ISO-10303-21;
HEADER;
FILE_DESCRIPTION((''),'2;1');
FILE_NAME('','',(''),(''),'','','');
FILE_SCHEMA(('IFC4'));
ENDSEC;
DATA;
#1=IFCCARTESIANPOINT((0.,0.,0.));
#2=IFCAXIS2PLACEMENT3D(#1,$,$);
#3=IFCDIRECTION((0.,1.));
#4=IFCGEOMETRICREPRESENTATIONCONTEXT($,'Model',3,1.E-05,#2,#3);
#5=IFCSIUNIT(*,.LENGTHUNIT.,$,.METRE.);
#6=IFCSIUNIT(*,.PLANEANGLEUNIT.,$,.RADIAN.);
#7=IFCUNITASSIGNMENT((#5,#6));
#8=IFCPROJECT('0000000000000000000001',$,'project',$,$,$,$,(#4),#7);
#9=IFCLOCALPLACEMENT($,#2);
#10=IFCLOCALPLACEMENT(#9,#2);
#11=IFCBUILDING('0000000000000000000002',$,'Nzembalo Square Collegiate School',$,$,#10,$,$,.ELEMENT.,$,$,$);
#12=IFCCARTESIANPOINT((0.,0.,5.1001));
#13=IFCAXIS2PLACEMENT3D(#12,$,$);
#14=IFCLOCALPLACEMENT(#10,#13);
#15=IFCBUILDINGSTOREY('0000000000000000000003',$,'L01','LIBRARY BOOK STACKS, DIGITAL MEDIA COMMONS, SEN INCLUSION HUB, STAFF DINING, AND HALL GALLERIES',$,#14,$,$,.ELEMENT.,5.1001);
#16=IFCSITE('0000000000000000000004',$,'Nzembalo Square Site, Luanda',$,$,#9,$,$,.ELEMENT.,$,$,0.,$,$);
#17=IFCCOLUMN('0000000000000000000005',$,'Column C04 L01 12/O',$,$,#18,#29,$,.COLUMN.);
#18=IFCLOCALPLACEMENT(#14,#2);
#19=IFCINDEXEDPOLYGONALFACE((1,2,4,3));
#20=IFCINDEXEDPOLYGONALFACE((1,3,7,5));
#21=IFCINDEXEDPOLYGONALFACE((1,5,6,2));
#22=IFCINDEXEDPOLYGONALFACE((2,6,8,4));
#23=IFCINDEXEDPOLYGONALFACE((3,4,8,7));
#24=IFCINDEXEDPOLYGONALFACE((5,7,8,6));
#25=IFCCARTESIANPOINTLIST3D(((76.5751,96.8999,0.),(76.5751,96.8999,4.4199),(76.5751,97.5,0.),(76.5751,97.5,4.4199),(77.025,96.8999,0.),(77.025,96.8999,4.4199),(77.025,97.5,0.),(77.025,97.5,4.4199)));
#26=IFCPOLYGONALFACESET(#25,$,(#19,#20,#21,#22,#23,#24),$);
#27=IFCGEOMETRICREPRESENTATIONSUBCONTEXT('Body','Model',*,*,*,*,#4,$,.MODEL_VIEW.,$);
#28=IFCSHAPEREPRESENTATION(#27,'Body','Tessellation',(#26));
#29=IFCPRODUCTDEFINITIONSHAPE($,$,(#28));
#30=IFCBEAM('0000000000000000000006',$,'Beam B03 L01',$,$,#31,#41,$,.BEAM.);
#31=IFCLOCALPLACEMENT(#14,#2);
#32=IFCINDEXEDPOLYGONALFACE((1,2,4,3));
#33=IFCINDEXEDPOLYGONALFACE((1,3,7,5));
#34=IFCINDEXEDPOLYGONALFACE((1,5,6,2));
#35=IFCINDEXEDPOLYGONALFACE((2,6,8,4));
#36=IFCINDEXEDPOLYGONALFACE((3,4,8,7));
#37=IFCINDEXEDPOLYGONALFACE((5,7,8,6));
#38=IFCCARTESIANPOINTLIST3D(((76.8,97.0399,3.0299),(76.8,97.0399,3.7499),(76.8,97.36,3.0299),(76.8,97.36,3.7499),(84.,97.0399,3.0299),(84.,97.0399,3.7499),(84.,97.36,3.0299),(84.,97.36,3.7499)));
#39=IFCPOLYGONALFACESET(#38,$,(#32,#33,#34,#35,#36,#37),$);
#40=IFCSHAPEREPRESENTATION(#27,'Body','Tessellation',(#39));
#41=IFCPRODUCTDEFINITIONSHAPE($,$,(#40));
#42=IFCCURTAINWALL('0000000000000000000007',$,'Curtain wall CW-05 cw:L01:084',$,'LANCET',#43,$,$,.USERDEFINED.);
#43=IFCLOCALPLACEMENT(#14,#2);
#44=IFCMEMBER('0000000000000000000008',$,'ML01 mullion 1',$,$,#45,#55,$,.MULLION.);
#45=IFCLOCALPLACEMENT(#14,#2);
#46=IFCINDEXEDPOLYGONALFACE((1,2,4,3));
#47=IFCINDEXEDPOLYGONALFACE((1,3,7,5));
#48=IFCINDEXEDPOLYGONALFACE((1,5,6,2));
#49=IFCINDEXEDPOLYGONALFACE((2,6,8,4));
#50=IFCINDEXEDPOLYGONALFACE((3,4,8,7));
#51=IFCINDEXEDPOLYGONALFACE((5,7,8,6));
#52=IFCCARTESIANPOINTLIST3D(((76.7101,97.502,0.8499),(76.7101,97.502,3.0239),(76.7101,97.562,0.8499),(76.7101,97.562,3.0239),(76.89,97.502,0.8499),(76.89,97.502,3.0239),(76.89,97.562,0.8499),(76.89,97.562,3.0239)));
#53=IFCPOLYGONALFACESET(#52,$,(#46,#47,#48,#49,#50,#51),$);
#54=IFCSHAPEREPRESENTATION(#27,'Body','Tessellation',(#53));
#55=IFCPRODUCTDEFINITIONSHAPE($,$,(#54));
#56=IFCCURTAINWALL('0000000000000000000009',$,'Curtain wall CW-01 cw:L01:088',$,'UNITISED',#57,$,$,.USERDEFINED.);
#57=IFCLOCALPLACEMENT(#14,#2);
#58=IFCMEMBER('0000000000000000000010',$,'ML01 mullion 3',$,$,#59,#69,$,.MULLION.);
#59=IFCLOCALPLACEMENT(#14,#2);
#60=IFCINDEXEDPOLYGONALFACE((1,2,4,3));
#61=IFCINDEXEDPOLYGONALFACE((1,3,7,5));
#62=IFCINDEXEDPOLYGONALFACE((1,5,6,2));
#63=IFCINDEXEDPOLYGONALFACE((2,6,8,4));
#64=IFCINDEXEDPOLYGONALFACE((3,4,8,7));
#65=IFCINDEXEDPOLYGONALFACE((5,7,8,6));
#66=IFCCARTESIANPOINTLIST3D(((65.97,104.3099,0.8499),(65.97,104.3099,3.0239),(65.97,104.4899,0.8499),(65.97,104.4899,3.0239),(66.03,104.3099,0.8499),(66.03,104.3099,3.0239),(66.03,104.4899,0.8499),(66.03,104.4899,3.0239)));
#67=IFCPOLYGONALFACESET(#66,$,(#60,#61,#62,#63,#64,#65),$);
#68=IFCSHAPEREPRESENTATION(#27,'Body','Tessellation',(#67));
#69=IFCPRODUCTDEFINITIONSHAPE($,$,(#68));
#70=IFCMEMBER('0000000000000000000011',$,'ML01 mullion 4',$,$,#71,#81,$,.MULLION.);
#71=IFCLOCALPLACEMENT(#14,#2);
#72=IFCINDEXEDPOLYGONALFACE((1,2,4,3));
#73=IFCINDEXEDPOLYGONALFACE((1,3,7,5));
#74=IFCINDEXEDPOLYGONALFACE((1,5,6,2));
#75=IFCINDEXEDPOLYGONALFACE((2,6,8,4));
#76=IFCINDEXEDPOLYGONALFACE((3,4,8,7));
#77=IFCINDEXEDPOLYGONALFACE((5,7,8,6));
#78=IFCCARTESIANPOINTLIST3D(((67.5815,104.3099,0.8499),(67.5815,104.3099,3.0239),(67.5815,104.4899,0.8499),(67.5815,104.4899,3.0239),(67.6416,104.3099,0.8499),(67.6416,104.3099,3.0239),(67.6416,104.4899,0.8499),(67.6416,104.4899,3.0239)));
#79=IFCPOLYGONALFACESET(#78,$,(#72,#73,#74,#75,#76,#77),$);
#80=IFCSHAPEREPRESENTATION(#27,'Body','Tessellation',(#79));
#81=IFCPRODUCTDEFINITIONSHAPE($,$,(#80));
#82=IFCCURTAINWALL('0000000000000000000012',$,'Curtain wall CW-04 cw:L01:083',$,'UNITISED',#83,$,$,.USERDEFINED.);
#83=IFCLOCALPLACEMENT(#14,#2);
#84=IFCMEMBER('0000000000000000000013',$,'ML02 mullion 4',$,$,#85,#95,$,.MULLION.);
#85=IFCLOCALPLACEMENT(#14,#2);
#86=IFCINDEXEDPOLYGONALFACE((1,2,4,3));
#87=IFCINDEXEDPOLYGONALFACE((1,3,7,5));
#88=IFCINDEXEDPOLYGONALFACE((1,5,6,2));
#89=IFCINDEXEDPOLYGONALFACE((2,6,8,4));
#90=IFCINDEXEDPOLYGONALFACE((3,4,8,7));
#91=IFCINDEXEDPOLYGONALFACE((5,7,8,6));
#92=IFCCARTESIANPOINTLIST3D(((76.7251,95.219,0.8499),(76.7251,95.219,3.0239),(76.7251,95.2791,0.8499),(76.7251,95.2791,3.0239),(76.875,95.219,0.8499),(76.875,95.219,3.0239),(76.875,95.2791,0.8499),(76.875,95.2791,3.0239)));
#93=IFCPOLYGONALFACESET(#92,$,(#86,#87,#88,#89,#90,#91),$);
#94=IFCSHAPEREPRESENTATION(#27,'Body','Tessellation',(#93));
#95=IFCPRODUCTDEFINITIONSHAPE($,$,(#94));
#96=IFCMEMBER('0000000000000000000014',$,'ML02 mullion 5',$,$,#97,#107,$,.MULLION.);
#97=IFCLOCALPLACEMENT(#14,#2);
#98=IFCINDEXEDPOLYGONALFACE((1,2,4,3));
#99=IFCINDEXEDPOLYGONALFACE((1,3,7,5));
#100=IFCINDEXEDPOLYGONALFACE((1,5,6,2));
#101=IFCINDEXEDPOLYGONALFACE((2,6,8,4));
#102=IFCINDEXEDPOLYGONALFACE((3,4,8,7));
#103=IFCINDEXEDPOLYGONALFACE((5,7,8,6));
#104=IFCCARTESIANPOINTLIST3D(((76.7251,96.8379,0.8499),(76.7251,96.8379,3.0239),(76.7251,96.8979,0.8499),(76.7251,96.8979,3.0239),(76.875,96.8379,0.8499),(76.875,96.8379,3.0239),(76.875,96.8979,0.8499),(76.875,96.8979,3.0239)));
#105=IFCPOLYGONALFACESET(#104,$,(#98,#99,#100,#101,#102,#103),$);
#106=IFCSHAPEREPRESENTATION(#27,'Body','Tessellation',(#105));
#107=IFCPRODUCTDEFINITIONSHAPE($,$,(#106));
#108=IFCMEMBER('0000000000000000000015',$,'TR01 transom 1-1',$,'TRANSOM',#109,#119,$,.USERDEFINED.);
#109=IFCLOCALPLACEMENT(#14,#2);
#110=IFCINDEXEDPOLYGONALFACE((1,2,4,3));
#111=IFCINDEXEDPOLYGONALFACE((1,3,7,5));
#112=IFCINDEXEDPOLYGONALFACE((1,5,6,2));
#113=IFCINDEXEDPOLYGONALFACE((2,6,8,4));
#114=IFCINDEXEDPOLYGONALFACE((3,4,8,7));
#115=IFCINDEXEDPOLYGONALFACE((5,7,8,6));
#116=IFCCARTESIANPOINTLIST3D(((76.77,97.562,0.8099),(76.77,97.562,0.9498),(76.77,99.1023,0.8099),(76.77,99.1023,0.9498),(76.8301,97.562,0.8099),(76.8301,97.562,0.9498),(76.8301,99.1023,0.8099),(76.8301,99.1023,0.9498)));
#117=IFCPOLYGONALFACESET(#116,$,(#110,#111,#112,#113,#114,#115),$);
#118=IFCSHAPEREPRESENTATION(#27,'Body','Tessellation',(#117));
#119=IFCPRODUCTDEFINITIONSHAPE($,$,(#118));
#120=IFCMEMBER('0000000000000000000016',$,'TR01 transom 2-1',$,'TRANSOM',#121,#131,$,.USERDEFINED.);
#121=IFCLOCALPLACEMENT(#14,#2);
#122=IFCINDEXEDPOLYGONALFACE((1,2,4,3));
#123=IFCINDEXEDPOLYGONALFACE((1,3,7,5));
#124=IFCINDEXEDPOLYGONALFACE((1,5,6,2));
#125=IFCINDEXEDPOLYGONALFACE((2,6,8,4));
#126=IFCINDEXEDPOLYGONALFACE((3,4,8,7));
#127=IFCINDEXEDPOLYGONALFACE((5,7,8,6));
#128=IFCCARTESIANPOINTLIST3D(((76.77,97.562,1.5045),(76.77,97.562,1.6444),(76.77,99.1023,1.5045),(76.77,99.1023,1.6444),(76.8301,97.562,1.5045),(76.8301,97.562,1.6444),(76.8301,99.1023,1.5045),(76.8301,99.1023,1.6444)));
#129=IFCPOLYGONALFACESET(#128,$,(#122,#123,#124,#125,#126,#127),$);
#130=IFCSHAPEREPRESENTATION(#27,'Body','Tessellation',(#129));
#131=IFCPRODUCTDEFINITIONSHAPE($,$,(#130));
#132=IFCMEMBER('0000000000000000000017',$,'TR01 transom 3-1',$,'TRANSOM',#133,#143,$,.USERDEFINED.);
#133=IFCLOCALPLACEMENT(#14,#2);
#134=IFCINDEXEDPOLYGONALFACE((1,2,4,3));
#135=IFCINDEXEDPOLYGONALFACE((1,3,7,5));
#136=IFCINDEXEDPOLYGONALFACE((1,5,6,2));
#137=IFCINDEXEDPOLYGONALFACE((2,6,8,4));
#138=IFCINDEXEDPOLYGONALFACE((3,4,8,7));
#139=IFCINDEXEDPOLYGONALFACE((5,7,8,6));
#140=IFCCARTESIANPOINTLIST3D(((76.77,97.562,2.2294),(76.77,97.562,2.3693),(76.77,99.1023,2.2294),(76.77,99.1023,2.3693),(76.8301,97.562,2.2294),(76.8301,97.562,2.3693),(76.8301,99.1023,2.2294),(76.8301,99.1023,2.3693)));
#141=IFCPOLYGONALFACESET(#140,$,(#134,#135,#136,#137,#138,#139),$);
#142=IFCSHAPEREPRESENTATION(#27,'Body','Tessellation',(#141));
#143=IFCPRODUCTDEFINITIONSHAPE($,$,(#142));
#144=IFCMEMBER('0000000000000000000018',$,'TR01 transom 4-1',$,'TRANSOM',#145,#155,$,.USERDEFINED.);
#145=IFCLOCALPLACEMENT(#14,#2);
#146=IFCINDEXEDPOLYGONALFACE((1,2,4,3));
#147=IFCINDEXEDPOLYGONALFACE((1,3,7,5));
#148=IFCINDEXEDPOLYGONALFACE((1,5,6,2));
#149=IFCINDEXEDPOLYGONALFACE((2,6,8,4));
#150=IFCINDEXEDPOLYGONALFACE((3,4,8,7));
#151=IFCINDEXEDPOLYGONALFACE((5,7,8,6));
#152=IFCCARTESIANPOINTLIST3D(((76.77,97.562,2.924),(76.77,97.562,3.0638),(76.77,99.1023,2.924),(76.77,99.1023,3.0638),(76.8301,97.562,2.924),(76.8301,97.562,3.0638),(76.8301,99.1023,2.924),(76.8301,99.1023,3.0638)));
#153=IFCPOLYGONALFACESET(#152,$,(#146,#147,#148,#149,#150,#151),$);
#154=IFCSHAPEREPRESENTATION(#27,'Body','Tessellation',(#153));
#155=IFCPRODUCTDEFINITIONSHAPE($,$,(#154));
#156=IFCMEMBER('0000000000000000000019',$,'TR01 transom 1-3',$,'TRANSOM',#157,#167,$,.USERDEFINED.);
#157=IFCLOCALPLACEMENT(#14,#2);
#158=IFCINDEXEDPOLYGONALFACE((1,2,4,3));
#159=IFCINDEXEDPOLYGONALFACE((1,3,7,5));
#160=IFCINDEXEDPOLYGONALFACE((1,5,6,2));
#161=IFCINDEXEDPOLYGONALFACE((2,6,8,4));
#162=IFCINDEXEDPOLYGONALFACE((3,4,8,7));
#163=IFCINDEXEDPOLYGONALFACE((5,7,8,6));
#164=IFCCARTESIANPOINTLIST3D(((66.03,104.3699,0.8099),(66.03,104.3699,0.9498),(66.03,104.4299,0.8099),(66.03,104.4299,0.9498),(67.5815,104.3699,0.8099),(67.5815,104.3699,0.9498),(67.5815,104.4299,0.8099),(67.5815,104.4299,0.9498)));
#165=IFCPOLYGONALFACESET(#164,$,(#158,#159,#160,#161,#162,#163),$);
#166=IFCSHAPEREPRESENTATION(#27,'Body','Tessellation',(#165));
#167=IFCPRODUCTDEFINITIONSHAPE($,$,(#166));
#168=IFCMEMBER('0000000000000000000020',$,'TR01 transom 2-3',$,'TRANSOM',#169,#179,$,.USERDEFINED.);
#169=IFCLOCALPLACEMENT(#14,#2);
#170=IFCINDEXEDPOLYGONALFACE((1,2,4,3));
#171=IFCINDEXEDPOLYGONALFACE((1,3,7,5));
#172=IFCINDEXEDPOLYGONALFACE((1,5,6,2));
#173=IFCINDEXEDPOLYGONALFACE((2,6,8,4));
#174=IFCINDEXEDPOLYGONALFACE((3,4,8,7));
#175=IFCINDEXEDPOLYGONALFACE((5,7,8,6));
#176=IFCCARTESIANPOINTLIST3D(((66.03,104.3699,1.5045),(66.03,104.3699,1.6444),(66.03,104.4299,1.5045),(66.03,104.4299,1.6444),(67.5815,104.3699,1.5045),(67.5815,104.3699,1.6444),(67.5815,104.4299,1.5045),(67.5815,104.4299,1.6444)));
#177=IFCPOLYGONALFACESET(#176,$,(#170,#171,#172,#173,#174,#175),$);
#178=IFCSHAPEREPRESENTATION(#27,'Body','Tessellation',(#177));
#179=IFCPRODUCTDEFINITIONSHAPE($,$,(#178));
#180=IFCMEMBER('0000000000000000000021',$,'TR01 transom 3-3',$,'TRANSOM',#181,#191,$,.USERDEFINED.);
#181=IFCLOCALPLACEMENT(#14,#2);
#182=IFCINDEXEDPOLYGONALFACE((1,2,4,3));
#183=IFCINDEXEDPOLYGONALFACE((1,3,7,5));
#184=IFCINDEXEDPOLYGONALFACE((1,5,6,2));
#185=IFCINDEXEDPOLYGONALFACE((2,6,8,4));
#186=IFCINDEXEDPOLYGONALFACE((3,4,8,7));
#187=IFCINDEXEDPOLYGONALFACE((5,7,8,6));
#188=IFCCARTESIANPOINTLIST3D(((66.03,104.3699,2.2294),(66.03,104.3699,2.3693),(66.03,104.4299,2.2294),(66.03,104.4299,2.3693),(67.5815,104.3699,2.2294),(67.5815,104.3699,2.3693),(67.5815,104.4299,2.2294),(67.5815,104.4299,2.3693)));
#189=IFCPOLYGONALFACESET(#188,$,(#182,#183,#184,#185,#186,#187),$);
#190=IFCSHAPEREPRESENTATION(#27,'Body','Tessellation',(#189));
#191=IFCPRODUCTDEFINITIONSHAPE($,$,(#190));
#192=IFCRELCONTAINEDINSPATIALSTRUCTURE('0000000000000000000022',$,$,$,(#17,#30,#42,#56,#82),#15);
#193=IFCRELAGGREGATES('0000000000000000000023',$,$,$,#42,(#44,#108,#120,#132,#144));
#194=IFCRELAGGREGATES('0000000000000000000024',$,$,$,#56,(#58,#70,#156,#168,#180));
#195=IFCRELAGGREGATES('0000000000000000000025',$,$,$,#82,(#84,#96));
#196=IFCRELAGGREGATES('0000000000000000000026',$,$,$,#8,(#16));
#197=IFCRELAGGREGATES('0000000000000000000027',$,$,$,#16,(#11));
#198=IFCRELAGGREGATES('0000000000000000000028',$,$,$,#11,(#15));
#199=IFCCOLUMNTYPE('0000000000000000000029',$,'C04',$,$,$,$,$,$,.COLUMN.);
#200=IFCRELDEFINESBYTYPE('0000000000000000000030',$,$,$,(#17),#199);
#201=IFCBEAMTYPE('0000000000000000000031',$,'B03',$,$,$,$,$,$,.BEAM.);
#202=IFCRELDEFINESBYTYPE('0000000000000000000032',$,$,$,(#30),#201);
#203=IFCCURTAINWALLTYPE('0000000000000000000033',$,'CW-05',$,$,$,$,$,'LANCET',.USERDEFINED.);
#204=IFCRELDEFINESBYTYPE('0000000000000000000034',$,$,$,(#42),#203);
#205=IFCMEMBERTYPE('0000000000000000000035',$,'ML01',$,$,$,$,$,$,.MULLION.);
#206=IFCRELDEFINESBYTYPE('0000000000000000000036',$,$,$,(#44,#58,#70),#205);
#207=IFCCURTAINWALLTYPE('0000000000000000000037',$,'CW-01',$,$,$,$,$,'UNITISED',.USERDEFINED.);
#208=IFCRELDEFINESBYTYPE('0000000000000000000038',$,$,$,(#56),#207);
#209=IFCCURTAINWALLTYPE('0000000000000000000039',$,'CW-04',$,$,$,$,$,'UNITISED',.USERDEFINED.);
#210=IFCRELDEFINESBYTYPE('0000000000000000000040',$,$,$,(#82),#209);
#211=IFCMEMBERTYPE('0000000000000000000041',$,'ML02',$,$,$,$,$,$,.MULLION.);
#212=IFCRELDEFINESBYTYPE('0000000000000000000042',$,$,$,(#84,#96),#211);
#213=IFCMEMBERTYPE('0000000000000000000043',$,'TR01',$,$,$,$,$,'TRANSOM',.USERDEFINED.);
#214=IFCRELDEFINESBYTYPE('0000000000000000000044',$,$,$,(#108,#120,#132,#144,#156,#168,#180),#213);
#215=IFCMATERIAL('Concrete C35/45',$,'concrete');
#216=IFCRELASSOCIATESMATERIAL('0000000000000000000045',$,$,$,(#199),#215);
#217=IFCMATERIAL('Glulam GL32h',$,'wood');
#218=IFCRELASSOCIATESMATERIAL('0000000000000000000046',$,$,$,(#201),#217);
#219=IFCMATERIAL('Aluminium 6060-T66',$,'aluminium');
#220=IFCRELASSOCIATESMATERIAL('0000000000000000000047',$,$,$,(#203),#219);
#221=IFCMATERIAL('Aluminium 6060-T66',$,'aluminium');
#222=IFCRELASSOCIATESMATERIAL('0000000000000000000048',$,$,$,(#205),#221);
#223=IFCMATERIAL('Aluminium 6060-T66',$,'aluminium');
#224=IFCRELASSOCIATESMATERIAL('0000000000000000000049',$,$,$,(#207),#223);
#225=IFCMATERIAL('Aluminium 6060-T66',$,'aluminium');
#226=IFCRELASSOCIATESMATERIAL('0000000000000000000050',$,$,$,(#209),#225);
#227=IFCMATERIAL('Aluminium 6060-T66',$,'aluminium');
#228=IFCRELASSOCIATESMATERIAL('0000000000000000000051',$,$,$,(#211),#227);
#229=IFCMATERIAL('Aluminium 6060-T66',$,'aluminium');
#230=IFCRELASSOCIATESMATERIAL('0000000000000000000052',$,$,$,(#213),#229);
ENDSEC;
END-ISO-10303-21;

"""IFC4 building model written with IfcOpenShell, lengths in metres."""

from ifc_helpers import new_model, si_unit, direction, frame, origin, origin_2d, place, context, subcontext, project, spatial, rectangle, extrude, material, material_profile, profile_set, type_object, element, aggregate, save


model = new_model("IFC4")

# Units and contexts
model_context = context("Model", 3, precision=1e-05, world=origin(), true_north=direction((0.0, 1.0)))
body_context = subcontext(model_context, "Body", "Model", "MODEL_VIEW")
ifc_project = project(units=[si_unit("LENGTHUNIT", "METRE"), si_unit("PLANEANGLEUNIT", "RADIAN")], contexts=[model_context])

# Site, building, storey
site_placement = place(None, origin())
site = spatial("IfcSite", under=ifc_project, at=site_placement, Name="Nzembalo Square Site, Luanda", CompositionType="ELEMENT", RefElevation=0.0)
building_placement = place(site_placement, origin())
building = spatial("IfcBuilding", under=site, at=building_placement, Name="Nzembalo Square Collegiate School", CompositionType="ELEMENT")
storey_placement = place(building_placement, frame((0.0, 0.0, 5.1001)))
storey = spatial("IfcBuildingStorey", under=building, at=storey_placement, Name="L01", Description="LIBRARY BOOK STACKS, DIGITAL MEDIA COMMONS, SEN INCLUSION HUB, STAFF DINING, AND HALL GALLERIES", CompositionType="ELEMENT", Elevation=5.1001)

# Column
ifc_material_1 = material(Name="Concrete C35/45", Category="concrete")
ifc_material_profile_1 = material_profile(ifc_material_1, rectangle(XDim=0.45, YDim=0.6001, at=origin_2d()), Name="RC 450x600")
ifc_profile_set_1 = profile_set([ifc_material_profile_1], Name="Concrete C35/45")
column_type = type_object("IfcColumnType", Name="C04", PredefinedType="COLUMN", material=ifc_profile_set_1)
column_placement = place(storey_placement, frame((76.8, 97.2, 0.0), z_axis=(0.0, 0.0, 1.0), x_axis=(1.0, 0.0, 0.0)))
element("IfcColumn", 1, at=column_placement, inside=storey, type_object=column_type, Name="Column C04 L01 12/O", PredefinedType="COLUMN", context=body_context, shape_type="SweptSolid", body=[
    extrude(rectangle(XDim=0.45, YDim=0.6001, at=origin_2d()), origin(), (0.0, 0.0, 1.0), 4.4199),
])

# Beam
ifc_material_2 = material(Name="Glulam GL32h", Category="wood")
ifc_material_profile_2 = material_profile(ifc_material_2, rectangle(XDim=0.3201, YDim=0.72, at=origin_2d()), Name="GL32h 320x720")
ifc_profile_set_2 = profile_set([ifc_material_profile_2], Name="Glulam GL32h")
beam_type = type_object("IfcBeamType", Name="B03", PredefinedType="BEAM", material=ifc_profile_set_2)
beam_placement = place(storey_placement, frame((76.8, 97.2, 3.3899), z_axis=(1.0, 0.0, 0.0), x_axis=(0.0, 1.0, 0.0)))
element("IfcBeam", 2, at=beam_placement, inside=storey, type_object=beam_type, Name="Beam B03 L01", PredefinedType="BEAM", context=body_context, shape_type="SweptSolid", body=[
    extrude(rectangle(XDim=0.3201, YDim=0.72, at=origin_2d()), origin(), (0.0, 0.0, 1.0), 7.2),
])

# Curtain wall, member
ifc_material_3 = material(Name="Aluminium 6060-T66", Category="aluminium")
curtain_wall_type_1 = type_object("IfcCurtainWallType", Name="CW-05", ElementType="LANCET", PredefinedType="USERDEFINED", material=ifc_material_3)
curtain_wall_1_placement = place(storey_placement, origin())
curtain_wall_1 = element("IfcCurtainWall", 3, at=curtain_wall_1_placement, inside=storey, type_object=curtain_wall_type_1, Name="Curtain wall CW-05 cw:L01:084", ObjectType="LANCET", PredefinedType="USERDEFINED")
ifc_material_4 = material(Name="Aluminium 6060-T66", Category="aluminium")
ifc_material_profile_3 = material_profile(ifc_material_4, rectangle(XDim=0.0601, YDim=0.1799, at=origin_2d()), Name="ALU M60x180")
ifc_profile_set_3 = profile_set([ifc_material_profile_3], Name="Aluminium 6060-T66")
member_type_1 = type_object("IfcMemberType", Name="ML01", PredefinedType="MULLION", material=ifc_profile_set_3)
member_1_placement = place(storey_placement, frame((76.8, 97.532, 0.8499), z_axis=(0.0, 0.0, 1.0), x_axis=(0.0, 1.0, 0.0)))
member_1 = element("IfcMember", 4, at=member_1_placement, type_object=member_type_1, Name="ML01 mullion 1", PredefinedType="MULLION", context=body_context, shape_type="SweptSolid", body=[
    extrude(rectangle(XDim=0.0601, YDim=0.1799, at=origin_2d()), origin(), (0.0, 0.0, 1.0), 2.1741),
])

# Curtain walls, members
ifc_material_5 = material(Name="Aluminium 6060-T66", Category="aluminium")
curtain_wall_type_2 = type_object("IfcCurtainWallType", Name="CW-01", ElementType="UNITISED", PredefinedType="USERDEFINED", material=ifc_material_5)
curtain_wall_2_placement = place(storey_placement, origin())
curtain_wall_2 = element("IfcCurtainWall", 5, at=curtain_wall_2_placement, inside=storey, type_object=curtain_wall_type_2, Name="Curtain wall CW-01 cw:L01:088", ObjectType="UNITISED", PredefinedType="USERDEFINED")
member_2_placement = place(storey_placement, frame((66.0, 104.3999, 0.8499), z_axis=(0.0, 0.0, 1.0), x_axis=(1.0, 0.0, 0.0)))
member_2 = element("IfcMember", 6, at=member_2_placement, type_object=member_type_1, Name="ML01 mullion 3", PredefinedType="MULLION", context=body_context, shape_type="SweptSolid", body=[
    extrude(rectangle(XDim=0.0601, YDim=0.1799, at=origin_2d()), origin(), (0.0, 0.0, 1.0), 2.1741),
])
member_3_placement = place(storey_placement, frame((67.6116, 104.3999, 0.8499), z_axis=(0.0, 0.0, 1.0), x_axis=(1.0, 0.0, 0.0)))
member_3 = element("IfcMember", 7, at=member_3_placement, type_object=member_type_1, Name="ML01 mullion 4", PredefinedType="MULLION", context=body_context, shape_type="SweptSolid", body=[
    extrude(rectangle(XDim=0.0601, YDim=0.1799, at=origin_2d()), origin(), (0.0, 0.0, 1.0), 2.1741),
])
ifc_material_6 = material(Name="Aluminium 6060-T66", Category="aluminium")
curtain_wall_type_3 = type_object("IfcCurtainWallType", Name="CW-04", ElementType="UNITISED", PredefinedType="USERDEFINED", material=ifc_material_6)
curtain_wall_3_placement = place(storey_placement, origin())
curtain_wall_3 = element("IfcCurtainWall", 8, at=curtain_wall_3_placement, inside=storey, type_object=curtain_wall_type_3, Name="Curtain wall CW-04 cw:L01:083", ObjectType="UNITISED", PredefinedType="USERDEFINED")
ifc_material_7 = material(Name="Aluminium 6060-T66", Category="aluminium")
ifc_material_profile_4 = material_profile(ifc_material_7, rectangle(XDim=0.0601, YDim=0.1499, at=origin_2d()), Name="ALU M60x150")
ifc_profile_set_4 = profile_set([ifc_material_profile_4], Name="Aluminium 6060-T66")
member_type_2 = type_object("IfcMemberType", Name="ML02", PredefinedType="MULLION", material=ifc_profile_set_4)
member_4_placement = place(storey_placement, frame((76.8, 95.249, 0.8499), z_axis=(0.0, 0.0, 1.0), x_axis=(0.0, 1.0, 0.0)))
member_4 = element("IfcMember", 9, at=member_4_placement, type_object=member_type_2, Name="ML02 mullion 4", PredefinedType="MULLION", context=body_context, shape_type="SweptSolid", body=[
    extrude(rectangle(XDim=0.0601, YDim=0.1499, at=origin_2d()), origin(), (0.0, 0.0, 1.0), 2.1741),
])
member_5_placement = place(storey_placement, frame((76.8, 96.8679, 0.8499), z_axis=(0.0, 0.0, 1.0), x_axis=(0.0, 1.0, 0.0)))
member_5 = element("IfcMember", 10, at=member_5_placement, type_object=member_type_2, Name="ML02 mullion 5", PredefinedType="MULLION", context=body_context, shape_type="SweptSolid", body=[
    extrude(rectangle(XDim=0.0601, YDim=0.1499, at=origin_2d()), origin(), (0.0, 0.0, 1.0), 2.1741),
])

# Members
ifc_material_8 = material(Name="Aluminium 6060-T66", Category="aluminium")
ifc_material_profile_5 = material_profile(ifc_material_8, rectangle(XDim=0.0601, YDim=0.1399, at=origin_2d()), Name="ALU T60x140")
ifc_profile_set_5 = profile_set([ifc_material_profile_5], Name="Aluminium 6060-T66")
member_type_3 = type_object("IfcMemberType", Name="TR01", ElementType="TRANSOM", PredefinedType="USERDEFINED", material=ifc_profile_set_5)
member_6_placement = place(storey_placement, frame((76.8, 97.562, 0.8799), z_axis=(0.0, 1.0, 0.0), x_axis=(-1.0, 0.0, 0.0)))
member_6 = element("IfcMember", 11, at=member_6_placement, type_object=member_type_3, Name="TR01 transom 1-1", ObjectType="TRANSOM", PredefinedType="USERDEFINED", context=body_context, shape_type="SweptSolid", body=[
    extrude(rectangle(XDim=0.0601, YDim=0.1399, at=origin_2d()), origin(), (0.0, 0.0, 1.0), 1.5403),
])
member_7_placement = place(storey_placement, frame((76.8, 97.562, 1.5745), z_axis=(0.0, 1.0, 0.0), x_axis=(-1.0, 0.0, 0.0)))
member_7 = element("IfcMember", 12, at=member_7_placement, type_object=member_type_3, Name="TR01 transom 2-1", ObjectType="TRANSOM", PredefinedType="USERDEFINED", context=body_context, shape_type="SweptSolid", body=[
    extrude(rectangle(XDim=0.0601, YDim=0.1399, at=origin_2d()), origin(), (0.0, 0.0, 1.0), 1.5403),
])
member_8_placement = place(storey_placement, frame((76.8, 97.562, 2.2993), z_axis=(0.0, 1.0, 0.0), x_axis=(-1.0, 0.0, 0.0)))
member_8 = element("IfcMember", 13, at=member_8_placement, type_object=member_type_3, Name="TR01 transom 3-1", ObjectType="TRANSOM", PredefinedType="USERDEFINED", context=body_context, shape_type="SweptSolid", body=[
    extrude(rectangle(XDim=0.0601, YDim=0.1399, at=origin_2d()), origin(), (0.0, 0.0, 1.0), 1.5403),
])
member_9_placement = place(storey_placement, frame((76.8, 97.562, 2.9939), z_axis=(0.0, 1.0, 0.0), x_axis=(-1.0, 0.0, 0.0)))
member_9 = element("IfcMember", 14, at=member_9_placement, type_object=member_type_3, Name="TR01 transom 4-1", ObjectType="TRANSOM", PredefinedType="USERDEFINED", context=body_context, shape_type="SweptSolid", body=[
    extrude(rectangle(XDim=0.0601, YDim=0.1399, at=origin_2d()), origin(), (0.0, 0.0, 1.0), 1.5403),
])
member_10_placement = place(storey_placement, frame((66.03, 104.3999, 0.8799), z_axis=(1.0, 0.0, 0.0), x_axis=(0.0, 1.0, 0.0)))
member_10 = element("IfcMember", 15, at=member_10_placement, type_object=member_type_3, Name="TR01 transom 1-3", ObjectType="TRANSOM", PredefinedType="USERDEFINED", context=body_context, shape_type="SweptSolid", body=[
    extrude(rectangle(XDim=0.0601, YDim=0.1399, at=origin_2d()), origin(), (0.0, 0.0, 1.0), 1.5515),
])
member_11_placement = place(storey_placement, frame((66.03, 104.3999, 1.5745), z_axis=(1.0, 0.0, 0.0), x_axis=(0.0, 1.0, 0.0)))
member_11 = element("IfcMember", 16, at=member_11_placement, type_object=member_type_3, Name="TR01 transom 2-3", ObjectType="TRANSOM", PredefinedType="USERDEFINED", context=body_context, shape_type="SweptSolid", body=[
    extrude(rectangle(XDim=0.0601, YDim=0.1399, at=origin_2d()), origin(), (0.0, 0.0, 1.0), 1.5515),
])
member_12_placement = place(storey_placement, frame((66.03, 104.3999, 2.2993), z_axis=(1.0, 0.0, 0.0), x_axis=(0.0, 1.0, 0.0)))
member_12 = element("IfcMember", 17, at=member_12_placement, type_object=member_type_3, Name="TR01 transom 3-3", ObjectType="TRANSOM", PredefinedType="USERDEFINED", context=body_context, shape_type="SweptSolid", body=[
    extrude(rectangle(XDim=0.0601, YDim=0.1399, at=origin_2d()), origin(), (0.0, 0.0, 1.0), 1.5515),
])

aggregate(curtain_wall_1, [member_1, member_6, member_7, member_8, member_9])
aggregate(curtain_wall_2, [member_2, member_3, member_10, member_11, member_12])
aggregate(curtain_wall_3, [member_4, member_5])

save(model, "model.ifc")
